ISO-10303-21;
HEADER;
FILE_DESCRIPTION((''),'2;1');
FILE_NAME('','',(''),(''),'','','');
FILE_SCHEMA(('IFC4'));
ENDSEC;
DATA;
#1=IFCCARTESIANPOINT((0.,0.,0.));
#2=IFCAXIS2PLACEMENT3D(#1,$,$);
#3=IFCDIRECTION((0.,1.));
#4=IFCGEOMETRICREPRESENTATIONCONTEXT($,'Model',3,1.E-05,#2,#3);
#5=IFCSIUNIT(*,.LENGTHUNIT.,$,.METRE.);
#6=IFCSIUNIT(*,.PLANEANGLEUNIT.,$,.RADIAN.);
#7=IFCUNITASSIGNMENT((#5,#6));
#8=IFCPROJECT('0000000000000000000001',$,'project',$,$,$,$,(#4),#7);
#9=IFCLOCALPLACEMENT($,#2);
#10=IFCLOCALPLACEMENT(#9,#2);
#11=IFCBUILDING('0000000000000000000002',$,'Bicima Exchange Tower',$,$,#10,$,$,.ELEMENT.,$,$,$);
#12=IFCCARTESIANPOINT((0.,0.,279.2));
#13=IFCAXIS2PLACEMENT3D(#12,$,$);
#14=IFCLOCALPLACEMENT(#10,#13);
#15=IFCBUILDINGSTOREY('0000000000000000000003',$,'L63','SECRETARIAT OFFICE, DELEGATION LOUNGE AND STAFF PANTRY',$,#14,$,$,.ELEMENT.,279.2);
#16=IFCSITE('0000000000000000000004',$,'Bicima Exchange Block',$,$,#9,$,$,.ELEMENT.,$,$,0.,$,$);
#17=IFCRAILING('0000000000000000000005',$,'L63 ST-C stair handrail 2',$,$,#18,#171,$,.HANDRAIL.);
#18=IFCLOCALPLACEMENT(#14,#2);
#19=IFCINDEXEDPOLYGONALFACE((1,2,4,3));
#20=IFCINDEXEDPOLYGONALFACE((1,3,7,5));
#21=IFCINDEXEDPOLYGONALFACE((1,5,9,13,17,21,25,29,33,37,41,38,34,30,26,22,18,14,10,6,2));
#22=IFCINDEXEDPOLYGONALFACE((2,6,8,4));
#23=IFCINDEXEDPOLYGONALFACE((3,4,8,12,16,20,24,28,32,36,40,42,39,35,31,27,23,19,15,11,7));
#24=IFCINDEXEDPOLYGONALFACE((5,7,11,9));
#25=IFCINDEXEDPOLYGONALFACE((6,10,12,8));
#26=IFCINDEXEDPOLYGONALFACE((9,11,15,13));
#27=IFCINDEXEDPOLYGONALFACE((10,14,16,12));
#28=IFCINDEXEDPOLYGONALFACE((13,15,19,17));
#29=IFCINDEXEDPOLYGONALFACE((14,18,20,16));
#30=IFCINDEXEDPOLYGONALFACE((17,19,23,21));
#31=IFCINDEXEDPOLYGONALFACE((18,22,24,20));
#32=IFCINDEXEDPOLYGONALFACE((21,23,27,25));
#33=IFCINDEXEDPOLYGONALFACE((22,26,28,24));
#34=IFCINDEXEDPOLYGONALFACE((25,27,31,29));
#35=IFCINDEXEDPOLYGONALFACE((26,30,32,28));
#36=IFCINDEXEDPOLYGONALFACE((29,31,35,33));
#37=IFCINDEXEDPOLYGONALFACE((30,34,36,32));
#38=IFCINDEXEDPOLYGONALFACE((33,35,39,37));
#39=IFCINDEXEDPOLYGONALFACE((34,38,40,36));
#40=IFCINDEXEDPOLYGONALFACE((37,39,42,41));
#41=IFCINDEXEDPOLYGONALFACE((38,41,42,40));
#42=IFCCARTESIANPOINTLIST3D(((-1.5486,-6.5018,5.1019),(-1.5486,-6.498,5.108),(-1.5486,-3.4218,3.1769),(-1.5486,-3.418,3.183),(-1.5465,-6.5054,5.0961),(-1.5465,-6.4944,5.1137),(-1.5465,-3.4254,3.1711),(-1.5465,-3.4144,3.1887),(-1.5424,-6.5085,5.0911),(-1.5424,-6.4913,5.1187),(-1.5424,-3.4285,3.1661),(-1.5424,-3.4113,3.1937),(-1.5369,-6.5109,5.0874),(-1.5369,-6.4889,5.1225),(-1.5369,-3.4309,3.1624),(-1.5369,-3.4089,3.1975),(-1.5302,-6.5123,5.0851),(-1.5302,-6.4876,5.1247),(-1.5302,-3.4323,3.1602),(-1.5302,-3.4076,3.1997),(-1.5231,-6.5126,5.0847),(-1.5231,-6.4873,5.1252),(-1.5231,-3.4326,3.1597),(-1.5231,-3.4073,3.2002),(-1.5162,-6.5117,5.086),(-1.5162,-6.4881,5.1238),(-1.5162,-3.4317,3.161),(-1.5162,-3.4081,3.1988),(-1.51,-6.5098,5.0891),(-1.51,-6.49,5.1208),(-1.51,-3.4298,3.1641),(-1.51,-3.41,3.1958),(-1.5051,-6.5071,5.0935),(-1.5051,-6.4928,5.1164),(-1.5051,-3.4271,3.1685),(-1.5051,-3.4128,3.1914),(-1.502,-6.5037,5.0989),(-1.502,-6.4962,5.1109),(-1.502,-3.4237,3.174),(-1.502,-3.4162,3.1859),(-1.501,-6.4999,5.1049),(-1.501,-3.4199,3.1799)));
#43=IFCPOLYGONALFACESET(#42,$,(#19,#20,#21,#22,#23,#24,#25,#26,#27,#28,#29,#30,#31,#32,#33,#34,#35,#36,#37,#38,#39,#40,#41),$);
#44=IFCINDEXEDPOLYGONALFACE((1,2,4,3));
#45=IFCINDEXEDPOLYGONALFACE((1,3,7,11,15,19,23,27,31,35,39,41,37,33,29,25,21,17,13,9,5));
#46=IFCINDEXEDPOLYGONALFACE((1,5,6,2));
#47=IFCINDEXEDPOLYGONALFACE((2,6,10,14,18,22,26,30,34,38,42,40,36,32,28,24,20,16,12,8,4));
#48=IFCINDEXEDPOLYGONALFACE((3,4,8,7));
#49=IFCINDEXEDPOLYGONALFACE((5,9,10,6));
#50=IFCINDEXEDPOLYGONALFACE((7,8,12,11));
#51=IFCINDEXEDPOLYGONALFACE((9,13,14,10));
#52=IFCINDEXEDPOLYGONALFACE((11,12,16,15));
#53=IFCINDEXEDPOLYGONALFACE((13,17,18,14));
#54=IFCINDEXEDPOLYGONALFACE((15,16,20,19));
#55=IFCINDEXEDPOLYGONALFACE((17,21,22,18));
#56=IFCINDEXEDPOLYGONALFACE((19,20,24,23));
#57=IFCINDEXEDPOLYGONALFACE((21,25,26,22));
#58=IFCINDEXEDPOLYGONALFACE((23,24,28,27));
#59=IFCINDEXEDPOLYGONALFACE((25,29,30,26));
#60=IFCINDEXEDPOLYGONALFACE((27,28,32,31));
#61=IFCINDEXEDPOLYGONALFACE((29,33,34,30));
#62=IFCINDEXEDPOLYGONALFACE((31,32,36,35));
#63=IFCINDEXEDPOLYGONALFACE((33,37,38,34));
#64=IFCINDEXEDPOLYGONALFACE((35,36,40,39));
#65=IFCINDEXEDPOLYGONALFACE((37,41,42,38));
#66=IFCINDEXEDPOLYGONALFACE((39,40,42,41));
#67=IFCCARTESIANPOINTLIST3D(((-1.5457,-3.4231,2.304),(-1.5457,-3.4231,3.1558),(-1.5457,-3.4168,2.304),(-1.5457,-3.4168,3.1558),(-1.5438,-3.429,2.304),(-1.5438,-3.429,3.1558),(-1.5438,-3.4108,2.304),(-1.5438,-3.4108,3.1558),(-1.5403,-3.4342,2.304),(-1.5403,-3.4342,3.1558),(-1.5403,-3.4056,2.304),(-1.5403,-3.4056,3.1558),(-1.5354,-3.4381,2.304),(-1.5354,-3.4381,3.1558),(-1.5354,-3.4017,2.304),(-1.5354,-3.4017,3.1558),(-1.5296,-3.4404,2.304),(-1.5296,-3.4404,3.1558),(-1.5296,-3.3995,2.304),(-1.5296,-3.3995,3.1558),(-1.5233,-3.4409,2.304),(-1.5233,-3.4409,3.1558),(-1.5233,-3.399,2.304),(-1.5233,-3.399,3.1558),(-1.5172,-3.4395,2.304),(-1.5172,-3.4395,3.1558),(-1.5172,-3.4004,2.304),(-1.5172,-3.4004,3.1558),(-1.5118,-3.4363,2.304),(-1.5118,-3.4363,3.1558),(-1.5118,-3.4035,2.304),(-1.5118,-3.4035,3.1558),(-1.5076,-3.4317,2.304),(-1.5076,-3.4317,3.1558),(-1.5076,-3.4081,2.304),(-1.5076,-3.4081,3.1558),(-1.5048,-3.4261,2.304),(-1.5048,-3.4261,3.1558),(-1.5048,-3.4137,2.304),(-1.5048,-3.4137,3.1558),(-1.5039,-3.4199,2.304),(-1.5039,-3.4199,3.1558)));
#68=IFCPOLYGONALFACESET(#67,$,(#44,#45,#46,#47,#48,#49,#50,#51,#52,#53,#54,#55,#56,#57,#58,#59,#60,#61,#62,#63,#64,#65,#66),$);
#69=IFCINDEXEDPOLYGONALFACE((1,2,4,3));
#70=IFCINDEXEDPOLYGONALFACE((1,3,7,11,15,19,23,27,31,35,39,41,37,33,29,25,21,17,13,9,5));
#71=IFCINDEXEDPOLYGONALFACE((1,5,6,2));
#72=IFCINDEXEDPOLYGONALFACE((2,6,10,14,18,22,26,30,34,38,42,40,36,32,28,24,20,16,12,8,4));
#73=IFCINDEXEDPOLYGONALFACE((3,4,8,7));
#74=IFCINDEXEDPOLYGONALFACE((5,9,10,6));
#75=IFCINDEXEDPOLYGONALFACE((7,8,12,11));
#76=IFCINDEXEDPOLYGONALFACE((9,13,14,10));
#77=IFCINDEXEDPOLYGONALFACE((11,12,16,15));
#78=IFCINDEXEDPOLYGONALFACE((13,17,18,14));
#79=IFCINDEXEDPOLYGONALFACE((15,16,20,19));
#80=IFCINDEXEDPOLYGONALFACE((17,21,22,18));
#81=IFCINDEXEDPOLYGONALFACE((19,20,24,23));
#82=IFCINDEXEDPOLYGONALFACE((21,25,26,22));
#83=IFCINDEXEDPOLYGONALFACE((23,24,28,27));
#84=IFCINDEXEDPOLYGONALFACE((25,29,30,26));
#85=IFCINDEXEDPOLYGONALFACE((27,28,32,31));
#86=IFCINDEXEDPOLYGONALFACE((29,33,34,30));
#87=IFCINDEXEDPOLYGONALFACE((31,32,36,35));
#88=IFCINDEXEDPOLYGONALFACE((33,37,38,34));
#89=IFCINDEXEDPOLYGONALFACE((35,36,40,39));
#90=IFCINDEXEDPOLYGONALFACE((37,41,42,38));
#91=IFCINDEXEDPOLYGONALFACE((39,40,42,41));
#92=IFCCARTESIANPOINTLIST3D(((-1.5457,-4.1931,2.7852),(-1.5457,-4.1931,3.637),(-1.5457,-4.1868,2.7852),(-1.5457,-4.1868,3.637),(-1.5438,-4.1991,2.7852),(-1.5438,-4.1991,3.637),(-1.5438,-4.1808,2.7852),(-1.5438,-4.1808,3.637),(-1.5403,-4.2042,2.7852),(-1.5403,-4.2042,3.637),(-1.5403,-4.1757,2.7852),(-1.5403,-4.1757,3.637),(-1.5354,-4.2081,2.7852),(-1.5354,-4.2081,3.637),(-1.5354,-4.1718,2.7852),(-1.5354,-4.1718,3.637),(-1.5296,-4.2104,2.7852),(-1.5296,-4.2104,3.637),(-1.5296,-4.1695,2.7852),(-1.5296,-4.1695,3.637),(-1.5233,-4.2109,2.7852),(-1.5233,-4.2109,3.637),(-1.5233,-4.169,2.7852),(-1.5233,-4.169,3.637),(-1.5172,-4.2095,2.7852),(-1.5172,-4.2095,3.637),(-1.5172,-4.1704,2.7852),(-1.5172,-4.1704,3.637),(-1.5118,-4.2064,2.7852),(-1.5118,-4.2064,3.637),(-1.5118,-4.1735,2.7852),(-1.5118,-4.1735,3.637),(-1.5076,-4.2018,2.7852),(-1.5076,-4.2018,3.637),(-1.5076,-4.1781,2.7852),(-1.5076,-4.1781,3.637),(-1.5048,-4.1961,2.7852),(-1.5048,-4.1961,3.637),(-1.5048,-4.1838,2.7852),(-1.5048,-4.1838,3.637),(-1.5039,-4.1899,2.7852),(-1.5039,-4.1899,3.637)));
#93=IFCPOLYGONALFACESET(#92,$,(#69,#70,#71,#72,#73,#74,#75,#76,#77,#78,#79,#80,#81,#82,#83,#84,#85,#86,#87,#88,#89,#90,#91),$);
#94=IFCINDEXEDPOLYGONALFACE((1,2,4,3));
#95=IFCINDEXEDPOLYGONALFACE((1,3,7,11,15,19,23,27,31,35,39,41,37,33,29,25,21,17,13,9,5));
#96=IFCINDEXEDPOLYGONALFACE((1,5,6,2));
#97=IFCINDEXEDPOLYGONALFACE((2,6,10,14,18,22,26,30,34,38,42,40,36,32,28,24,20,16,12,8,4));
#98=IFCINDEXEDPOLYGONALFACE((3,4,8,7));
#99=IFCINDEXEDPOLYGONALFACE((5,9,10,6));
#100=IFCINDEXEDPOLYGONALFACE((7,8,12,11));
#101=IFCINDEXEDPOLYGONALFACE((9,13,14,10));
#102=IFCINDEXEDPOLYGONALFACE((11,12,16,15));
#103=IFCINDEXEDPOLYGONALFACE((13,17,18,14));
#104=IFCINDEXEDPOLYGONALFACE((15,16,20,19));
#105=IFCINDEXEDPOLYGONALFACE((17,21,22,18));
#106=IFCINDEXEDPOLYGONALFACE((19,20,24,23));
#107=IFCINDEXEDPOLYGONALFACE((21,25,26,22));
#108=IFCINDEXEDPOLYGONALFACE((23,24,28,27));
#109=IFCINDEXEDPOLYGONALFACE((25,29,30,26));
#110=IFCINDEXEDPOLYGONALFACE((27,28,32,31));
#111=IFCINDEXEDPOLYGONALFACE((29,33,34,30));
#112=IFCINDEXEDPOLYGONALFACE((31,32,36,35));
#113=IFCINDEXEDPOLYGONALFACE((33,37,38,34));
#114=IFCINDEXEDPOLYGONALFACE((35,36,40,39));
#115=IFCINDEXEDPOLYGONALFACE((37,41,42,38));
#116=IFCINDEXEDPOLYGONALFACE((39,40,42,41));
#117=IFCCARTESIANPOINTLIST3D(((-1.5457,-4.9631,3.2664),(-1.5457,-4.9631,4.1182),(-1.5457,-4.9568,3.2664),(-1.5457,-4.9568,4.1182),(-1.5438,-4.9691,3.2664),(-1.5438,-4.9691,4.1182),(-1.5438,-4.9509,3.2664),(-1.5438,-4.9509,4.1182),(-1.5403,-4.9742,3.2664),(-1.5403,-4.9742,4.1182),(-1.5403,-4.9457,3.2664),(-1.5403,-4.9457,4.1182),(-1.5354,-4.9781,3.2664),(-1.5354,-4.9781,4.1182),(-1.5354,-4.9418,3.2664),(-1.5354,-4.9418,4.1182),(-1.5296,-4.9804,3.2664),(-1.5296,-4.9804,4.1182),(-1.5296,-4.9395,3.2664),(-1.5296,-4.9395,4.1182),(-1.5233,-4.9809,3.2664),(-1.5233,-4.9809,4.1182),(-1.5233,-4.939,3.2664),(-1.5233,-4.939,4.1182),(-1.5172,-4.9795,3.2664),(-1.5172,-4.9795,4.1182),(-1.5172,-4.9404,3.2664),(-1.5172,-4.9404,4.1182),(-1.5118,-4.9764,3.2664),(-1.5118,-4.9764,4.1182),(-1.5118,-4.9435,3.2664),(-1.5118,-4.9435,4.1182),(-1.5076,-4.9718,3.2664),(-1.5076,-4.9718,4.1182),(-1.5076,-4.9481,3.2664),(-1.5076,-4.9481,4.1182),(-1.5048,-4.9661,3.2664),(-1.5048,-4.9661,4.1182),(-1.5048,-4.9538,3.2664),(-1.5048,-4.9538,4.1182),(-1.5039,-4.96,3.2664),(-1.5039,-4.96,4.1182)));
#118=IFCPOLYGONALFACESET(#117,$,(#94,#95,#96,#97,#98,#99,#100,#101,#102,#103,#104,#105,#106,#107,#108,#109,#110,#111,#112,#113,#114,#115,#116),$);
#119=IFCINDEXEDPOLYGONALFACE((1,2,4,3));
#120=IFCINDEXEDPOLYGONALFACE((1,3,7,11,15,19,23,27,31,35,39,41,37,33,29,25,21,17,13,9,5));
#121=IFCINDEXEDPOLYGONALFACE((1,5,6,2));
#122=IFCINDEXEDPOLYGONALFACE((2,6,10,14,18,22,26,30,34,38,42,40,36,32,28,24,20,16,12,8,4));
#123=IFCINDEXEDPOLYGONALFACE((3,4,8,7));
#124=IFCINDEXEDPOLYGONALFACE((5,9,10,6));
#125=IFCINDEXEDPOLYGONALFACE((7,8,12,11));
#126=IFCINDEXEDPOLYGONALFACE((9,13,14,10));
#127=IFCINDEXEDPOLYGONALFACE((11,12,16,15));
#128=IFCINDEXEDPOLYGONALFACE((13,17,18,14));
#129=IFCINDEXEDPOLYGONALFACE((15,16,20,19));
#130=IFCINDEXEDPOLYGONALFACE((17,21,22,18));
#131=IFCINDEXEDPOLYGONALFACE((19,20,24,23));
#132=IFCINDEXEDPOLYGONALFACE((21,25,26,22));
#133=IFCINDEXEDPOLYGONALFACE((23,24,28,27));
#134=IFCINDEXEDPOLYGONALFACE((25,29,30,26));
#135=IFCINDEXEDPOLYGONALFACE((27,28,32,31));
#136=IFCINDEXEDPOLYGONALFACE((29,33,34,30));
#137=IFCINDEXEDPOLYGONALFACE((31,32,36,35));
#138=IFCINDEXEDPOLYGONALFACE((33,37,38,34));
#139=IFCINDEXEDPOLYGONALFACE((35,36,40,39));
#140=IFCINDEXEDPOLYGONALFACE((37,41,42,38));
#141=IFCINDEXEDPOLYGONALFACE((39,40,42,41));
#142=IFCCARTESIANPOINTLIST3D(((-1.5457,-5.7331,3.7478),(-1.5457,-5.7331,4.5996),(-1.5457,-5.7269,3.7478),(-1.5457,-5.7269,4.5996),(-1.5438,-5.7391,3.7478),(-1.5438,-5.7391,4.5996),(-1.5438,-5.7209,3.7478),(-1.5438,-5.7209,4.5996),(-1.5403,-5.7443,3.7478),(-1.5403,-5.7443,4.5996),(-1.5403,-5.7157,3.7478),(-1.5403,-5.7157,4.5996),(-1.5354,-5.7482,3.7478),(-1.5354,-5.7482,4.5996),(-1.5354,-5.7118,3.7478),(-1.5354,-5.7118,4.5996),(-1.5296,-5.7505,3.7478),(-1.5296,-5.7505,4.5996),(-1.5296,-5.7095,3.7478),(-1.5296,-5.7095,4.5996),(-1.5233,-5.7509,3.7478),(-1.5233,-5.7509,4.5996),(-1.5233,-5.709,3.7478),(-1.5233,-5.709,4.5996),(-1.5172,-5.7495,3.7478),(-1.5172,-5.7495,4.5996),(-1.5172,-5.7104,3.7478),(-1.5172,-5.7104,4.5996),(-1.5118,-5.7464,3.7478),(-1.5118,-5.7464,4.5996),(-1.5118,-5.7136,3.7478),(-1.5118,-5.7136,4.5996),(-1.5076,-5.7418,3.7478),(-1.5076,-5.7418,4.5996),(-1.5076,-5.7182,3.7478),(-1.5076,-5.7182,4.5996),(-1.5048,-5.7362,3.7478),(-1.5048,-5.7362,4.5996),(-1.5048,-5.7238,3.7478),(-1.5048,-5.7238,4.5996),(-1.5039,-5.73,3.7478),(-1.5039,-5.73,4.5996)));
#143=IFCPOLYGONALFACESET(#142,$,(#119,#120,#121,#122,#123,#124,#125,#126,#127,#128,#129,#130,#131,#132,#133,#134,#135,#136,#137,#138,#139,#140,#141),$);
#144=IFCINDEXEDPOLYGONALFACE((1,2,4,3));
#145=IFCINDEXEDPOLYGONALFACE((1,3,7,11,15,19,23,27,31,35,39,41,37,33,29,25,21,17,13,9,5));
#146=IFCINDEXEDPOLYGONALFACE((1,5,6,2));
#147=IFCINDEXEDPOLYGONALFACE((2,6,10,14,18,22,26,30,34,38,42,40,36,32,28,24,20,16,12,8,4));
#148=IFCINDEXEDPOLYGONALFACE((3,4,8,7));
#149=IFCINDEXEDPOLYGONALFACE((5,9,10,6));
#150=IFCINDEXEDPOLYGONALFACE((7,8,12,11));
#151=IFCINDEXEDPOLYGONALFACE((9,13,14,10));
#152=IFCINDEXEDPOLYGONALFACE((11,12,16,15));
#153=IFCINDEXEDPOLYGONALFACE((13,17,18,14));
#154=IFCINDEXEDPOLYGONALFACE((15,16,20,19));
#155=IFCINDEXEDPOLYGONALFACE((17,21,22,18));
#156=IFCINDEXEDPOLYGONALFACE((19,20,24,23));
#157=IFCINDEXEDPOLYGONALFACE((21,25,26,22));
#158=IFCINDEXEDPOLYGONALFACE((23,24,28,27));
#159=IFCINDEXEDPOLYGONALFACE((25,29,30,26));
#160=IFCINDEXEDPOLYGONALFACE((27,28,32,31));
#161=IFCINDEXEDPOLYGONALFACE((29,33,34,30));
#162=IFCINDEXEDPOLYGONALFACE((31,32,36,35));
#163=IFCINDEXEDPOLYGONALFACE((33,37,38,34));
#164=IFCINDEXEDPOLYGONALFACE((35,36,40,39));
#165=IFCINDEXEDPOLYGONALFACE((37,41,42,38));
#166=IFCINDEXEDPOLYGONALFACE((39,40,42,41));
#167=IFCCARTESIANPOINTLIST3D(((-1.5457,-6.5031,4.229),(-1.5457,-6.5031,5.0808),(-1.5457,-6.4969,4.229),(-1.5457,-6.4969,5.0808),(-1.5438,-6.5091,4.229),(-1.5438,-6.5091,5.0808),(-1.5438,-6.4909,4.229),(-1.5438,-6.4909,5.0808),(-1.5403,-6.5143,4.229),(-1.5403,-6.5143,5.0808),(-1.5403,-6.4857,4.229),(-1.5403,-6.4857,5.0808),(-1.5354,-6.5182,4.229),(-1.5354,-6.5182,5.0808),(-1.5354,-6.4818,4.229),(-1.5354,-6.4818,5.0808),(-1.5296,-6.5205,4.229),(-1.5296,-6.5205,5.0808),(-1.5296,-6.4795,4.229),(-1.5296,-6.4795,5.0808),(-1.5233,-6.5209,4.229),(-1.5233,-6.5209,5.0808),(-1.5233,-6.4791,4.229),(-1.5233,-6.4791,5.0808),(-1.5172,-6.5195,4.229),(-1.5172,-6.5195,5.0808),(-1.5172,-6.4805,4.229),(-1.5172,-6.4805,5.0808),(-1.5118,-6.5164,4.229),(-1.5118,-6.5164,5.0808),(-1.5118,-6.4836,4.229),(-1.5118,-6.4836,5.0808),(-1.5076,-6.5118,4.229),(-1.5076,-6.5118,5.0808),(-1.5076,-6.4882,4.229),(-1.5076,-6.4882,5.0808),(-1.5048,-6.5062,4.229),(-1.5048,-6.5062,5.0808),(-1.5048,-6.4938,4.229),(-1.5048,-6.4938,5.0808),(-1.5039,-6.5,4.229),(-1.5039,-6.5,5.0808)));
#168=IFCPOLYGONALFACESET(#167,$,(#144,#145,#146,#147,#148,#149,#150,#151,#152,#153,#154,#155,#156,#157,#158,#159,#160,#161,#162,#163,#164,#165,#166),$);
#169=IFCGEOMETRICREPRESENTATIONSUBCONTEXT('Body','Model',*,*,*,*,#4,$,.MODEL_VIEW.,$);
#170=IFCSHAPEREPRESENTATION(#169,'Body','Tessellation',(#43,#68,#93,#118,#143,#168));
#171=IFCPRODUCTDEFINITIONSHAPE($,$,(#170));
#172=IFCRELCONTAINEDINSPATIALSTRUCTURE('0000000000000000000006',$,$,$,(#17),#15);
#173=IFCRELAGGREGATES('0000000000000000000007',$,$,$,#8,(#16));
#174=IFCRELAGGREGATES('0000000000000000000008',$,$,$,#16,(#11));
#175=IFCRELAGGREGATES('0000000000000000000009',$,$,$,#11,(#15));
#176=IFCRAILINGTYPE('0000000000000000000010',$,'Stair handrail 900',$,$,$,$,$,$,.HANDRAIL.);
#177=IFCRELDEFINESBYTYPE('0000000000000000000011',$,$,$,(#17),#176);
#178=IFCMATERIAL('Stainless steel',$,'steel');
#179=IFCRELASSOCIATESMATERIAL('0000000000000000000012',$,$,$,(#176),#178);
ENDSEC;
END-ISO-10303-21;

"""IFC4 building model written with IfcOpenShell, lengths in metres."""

from ifc_helpers import new_model, si_unit, direction, frame, origin, origin_2d, place, context, subcontext, project, spatial, circle, extrude, material, type_object, element, save


model = new_model("IFC4")

# Units and contexts
model_context = context("Model", 3, precision=1e-05, world=origin(), true_north=direction((0.0, 1.0)))
body_context = subcontext(model_context, "Body", "Model", "MODEL_VIEW")
ifc_project = project(units=[si_unit("LENGTHUNIT", "METRE"), si_unit("PLANEANGLEUNIT", "RADIAN")], contexts=[model_context])

# Site, building, storey
site_placement = place(None, origin())
site = spatial("IfcSite", under=ifc_project, at=site_placement, Name="Bicima Exchange Block", CompositionType="ELEMENT", RefElevation=0.0)
building_placement = place(site_placement, origin())
building = spatial("IfcBuilding", under=site, at=building_placement, Name="Bicima Exchange Tower", CompositionType="ELEMENT")
storey_placement = place(building_placement, frame((0.0, 0.0, 279.2)))
storey = spatial("IfcBuildingStorey", under=building, at=storey_placement, Name="L63", Description="SECRETARIAT OFFICE, DELEGATION LOUNGE AND STAFF PANTRY", CompositionType="ELEMENT", Elevation=279.2)

# Railing
ifc_material_1 = material(Name="Stainless steel", Category="steel")
railing_type = type_object("IfcRailingType", Name="Stair handrail 900", PredefinedType="HANDRAIL", material=ifc_material_1)
railing_placement = place(storey_placement, frame((-1.5249, -3.4199, 2.304)))
element("IfcRailing", 1, at=railing_placement, inside=storey, type_object=railing_type, Name="L63 ST-C stair handrail 2", PredefinedType="HANDRAIL", context=body_context, shape_type="SweptSolid", body=[
    extrude(circle(Radius=0.0239, at=origin_2d()), frame((0.0, 0.0, 0.876), z_axis=(0.0, -0.847998, 0.529999), x_axis=(1.0, 0.0, 0.0)), (0.0, 0.0, 1.0), 3.6321),
    extrude(circle(Radius=0.021, at=origin_2d()), origin(), (0.0, 0.0, 1.0), 0.8518),
    extrude(circle(Radius=0.021, at=origin_2d()), frame((0.0, -0.77, 0.4812)), (0.0, 0.0, 1.0), 0.8518),
    extrude(circle(Radius=0.021, at=origin_2d()), frame((0.0, -1.54, 0.9624)), (0.0, 0.0, 1.0), 0.8518),
    extrude(circle(Radius=0.021, at=origin_2d()), frame((0.0, -2.3101, 1.4438)), (0.0, 0.0, 1.0), 0.8518),
    extrude(circle(Radius=0.021, at=origin_2d()), frame((0.0, -3.0801, 1.925)), (0.0, 0.0, 1.0), 0.8518),
])

save(model, "model.ifc")
